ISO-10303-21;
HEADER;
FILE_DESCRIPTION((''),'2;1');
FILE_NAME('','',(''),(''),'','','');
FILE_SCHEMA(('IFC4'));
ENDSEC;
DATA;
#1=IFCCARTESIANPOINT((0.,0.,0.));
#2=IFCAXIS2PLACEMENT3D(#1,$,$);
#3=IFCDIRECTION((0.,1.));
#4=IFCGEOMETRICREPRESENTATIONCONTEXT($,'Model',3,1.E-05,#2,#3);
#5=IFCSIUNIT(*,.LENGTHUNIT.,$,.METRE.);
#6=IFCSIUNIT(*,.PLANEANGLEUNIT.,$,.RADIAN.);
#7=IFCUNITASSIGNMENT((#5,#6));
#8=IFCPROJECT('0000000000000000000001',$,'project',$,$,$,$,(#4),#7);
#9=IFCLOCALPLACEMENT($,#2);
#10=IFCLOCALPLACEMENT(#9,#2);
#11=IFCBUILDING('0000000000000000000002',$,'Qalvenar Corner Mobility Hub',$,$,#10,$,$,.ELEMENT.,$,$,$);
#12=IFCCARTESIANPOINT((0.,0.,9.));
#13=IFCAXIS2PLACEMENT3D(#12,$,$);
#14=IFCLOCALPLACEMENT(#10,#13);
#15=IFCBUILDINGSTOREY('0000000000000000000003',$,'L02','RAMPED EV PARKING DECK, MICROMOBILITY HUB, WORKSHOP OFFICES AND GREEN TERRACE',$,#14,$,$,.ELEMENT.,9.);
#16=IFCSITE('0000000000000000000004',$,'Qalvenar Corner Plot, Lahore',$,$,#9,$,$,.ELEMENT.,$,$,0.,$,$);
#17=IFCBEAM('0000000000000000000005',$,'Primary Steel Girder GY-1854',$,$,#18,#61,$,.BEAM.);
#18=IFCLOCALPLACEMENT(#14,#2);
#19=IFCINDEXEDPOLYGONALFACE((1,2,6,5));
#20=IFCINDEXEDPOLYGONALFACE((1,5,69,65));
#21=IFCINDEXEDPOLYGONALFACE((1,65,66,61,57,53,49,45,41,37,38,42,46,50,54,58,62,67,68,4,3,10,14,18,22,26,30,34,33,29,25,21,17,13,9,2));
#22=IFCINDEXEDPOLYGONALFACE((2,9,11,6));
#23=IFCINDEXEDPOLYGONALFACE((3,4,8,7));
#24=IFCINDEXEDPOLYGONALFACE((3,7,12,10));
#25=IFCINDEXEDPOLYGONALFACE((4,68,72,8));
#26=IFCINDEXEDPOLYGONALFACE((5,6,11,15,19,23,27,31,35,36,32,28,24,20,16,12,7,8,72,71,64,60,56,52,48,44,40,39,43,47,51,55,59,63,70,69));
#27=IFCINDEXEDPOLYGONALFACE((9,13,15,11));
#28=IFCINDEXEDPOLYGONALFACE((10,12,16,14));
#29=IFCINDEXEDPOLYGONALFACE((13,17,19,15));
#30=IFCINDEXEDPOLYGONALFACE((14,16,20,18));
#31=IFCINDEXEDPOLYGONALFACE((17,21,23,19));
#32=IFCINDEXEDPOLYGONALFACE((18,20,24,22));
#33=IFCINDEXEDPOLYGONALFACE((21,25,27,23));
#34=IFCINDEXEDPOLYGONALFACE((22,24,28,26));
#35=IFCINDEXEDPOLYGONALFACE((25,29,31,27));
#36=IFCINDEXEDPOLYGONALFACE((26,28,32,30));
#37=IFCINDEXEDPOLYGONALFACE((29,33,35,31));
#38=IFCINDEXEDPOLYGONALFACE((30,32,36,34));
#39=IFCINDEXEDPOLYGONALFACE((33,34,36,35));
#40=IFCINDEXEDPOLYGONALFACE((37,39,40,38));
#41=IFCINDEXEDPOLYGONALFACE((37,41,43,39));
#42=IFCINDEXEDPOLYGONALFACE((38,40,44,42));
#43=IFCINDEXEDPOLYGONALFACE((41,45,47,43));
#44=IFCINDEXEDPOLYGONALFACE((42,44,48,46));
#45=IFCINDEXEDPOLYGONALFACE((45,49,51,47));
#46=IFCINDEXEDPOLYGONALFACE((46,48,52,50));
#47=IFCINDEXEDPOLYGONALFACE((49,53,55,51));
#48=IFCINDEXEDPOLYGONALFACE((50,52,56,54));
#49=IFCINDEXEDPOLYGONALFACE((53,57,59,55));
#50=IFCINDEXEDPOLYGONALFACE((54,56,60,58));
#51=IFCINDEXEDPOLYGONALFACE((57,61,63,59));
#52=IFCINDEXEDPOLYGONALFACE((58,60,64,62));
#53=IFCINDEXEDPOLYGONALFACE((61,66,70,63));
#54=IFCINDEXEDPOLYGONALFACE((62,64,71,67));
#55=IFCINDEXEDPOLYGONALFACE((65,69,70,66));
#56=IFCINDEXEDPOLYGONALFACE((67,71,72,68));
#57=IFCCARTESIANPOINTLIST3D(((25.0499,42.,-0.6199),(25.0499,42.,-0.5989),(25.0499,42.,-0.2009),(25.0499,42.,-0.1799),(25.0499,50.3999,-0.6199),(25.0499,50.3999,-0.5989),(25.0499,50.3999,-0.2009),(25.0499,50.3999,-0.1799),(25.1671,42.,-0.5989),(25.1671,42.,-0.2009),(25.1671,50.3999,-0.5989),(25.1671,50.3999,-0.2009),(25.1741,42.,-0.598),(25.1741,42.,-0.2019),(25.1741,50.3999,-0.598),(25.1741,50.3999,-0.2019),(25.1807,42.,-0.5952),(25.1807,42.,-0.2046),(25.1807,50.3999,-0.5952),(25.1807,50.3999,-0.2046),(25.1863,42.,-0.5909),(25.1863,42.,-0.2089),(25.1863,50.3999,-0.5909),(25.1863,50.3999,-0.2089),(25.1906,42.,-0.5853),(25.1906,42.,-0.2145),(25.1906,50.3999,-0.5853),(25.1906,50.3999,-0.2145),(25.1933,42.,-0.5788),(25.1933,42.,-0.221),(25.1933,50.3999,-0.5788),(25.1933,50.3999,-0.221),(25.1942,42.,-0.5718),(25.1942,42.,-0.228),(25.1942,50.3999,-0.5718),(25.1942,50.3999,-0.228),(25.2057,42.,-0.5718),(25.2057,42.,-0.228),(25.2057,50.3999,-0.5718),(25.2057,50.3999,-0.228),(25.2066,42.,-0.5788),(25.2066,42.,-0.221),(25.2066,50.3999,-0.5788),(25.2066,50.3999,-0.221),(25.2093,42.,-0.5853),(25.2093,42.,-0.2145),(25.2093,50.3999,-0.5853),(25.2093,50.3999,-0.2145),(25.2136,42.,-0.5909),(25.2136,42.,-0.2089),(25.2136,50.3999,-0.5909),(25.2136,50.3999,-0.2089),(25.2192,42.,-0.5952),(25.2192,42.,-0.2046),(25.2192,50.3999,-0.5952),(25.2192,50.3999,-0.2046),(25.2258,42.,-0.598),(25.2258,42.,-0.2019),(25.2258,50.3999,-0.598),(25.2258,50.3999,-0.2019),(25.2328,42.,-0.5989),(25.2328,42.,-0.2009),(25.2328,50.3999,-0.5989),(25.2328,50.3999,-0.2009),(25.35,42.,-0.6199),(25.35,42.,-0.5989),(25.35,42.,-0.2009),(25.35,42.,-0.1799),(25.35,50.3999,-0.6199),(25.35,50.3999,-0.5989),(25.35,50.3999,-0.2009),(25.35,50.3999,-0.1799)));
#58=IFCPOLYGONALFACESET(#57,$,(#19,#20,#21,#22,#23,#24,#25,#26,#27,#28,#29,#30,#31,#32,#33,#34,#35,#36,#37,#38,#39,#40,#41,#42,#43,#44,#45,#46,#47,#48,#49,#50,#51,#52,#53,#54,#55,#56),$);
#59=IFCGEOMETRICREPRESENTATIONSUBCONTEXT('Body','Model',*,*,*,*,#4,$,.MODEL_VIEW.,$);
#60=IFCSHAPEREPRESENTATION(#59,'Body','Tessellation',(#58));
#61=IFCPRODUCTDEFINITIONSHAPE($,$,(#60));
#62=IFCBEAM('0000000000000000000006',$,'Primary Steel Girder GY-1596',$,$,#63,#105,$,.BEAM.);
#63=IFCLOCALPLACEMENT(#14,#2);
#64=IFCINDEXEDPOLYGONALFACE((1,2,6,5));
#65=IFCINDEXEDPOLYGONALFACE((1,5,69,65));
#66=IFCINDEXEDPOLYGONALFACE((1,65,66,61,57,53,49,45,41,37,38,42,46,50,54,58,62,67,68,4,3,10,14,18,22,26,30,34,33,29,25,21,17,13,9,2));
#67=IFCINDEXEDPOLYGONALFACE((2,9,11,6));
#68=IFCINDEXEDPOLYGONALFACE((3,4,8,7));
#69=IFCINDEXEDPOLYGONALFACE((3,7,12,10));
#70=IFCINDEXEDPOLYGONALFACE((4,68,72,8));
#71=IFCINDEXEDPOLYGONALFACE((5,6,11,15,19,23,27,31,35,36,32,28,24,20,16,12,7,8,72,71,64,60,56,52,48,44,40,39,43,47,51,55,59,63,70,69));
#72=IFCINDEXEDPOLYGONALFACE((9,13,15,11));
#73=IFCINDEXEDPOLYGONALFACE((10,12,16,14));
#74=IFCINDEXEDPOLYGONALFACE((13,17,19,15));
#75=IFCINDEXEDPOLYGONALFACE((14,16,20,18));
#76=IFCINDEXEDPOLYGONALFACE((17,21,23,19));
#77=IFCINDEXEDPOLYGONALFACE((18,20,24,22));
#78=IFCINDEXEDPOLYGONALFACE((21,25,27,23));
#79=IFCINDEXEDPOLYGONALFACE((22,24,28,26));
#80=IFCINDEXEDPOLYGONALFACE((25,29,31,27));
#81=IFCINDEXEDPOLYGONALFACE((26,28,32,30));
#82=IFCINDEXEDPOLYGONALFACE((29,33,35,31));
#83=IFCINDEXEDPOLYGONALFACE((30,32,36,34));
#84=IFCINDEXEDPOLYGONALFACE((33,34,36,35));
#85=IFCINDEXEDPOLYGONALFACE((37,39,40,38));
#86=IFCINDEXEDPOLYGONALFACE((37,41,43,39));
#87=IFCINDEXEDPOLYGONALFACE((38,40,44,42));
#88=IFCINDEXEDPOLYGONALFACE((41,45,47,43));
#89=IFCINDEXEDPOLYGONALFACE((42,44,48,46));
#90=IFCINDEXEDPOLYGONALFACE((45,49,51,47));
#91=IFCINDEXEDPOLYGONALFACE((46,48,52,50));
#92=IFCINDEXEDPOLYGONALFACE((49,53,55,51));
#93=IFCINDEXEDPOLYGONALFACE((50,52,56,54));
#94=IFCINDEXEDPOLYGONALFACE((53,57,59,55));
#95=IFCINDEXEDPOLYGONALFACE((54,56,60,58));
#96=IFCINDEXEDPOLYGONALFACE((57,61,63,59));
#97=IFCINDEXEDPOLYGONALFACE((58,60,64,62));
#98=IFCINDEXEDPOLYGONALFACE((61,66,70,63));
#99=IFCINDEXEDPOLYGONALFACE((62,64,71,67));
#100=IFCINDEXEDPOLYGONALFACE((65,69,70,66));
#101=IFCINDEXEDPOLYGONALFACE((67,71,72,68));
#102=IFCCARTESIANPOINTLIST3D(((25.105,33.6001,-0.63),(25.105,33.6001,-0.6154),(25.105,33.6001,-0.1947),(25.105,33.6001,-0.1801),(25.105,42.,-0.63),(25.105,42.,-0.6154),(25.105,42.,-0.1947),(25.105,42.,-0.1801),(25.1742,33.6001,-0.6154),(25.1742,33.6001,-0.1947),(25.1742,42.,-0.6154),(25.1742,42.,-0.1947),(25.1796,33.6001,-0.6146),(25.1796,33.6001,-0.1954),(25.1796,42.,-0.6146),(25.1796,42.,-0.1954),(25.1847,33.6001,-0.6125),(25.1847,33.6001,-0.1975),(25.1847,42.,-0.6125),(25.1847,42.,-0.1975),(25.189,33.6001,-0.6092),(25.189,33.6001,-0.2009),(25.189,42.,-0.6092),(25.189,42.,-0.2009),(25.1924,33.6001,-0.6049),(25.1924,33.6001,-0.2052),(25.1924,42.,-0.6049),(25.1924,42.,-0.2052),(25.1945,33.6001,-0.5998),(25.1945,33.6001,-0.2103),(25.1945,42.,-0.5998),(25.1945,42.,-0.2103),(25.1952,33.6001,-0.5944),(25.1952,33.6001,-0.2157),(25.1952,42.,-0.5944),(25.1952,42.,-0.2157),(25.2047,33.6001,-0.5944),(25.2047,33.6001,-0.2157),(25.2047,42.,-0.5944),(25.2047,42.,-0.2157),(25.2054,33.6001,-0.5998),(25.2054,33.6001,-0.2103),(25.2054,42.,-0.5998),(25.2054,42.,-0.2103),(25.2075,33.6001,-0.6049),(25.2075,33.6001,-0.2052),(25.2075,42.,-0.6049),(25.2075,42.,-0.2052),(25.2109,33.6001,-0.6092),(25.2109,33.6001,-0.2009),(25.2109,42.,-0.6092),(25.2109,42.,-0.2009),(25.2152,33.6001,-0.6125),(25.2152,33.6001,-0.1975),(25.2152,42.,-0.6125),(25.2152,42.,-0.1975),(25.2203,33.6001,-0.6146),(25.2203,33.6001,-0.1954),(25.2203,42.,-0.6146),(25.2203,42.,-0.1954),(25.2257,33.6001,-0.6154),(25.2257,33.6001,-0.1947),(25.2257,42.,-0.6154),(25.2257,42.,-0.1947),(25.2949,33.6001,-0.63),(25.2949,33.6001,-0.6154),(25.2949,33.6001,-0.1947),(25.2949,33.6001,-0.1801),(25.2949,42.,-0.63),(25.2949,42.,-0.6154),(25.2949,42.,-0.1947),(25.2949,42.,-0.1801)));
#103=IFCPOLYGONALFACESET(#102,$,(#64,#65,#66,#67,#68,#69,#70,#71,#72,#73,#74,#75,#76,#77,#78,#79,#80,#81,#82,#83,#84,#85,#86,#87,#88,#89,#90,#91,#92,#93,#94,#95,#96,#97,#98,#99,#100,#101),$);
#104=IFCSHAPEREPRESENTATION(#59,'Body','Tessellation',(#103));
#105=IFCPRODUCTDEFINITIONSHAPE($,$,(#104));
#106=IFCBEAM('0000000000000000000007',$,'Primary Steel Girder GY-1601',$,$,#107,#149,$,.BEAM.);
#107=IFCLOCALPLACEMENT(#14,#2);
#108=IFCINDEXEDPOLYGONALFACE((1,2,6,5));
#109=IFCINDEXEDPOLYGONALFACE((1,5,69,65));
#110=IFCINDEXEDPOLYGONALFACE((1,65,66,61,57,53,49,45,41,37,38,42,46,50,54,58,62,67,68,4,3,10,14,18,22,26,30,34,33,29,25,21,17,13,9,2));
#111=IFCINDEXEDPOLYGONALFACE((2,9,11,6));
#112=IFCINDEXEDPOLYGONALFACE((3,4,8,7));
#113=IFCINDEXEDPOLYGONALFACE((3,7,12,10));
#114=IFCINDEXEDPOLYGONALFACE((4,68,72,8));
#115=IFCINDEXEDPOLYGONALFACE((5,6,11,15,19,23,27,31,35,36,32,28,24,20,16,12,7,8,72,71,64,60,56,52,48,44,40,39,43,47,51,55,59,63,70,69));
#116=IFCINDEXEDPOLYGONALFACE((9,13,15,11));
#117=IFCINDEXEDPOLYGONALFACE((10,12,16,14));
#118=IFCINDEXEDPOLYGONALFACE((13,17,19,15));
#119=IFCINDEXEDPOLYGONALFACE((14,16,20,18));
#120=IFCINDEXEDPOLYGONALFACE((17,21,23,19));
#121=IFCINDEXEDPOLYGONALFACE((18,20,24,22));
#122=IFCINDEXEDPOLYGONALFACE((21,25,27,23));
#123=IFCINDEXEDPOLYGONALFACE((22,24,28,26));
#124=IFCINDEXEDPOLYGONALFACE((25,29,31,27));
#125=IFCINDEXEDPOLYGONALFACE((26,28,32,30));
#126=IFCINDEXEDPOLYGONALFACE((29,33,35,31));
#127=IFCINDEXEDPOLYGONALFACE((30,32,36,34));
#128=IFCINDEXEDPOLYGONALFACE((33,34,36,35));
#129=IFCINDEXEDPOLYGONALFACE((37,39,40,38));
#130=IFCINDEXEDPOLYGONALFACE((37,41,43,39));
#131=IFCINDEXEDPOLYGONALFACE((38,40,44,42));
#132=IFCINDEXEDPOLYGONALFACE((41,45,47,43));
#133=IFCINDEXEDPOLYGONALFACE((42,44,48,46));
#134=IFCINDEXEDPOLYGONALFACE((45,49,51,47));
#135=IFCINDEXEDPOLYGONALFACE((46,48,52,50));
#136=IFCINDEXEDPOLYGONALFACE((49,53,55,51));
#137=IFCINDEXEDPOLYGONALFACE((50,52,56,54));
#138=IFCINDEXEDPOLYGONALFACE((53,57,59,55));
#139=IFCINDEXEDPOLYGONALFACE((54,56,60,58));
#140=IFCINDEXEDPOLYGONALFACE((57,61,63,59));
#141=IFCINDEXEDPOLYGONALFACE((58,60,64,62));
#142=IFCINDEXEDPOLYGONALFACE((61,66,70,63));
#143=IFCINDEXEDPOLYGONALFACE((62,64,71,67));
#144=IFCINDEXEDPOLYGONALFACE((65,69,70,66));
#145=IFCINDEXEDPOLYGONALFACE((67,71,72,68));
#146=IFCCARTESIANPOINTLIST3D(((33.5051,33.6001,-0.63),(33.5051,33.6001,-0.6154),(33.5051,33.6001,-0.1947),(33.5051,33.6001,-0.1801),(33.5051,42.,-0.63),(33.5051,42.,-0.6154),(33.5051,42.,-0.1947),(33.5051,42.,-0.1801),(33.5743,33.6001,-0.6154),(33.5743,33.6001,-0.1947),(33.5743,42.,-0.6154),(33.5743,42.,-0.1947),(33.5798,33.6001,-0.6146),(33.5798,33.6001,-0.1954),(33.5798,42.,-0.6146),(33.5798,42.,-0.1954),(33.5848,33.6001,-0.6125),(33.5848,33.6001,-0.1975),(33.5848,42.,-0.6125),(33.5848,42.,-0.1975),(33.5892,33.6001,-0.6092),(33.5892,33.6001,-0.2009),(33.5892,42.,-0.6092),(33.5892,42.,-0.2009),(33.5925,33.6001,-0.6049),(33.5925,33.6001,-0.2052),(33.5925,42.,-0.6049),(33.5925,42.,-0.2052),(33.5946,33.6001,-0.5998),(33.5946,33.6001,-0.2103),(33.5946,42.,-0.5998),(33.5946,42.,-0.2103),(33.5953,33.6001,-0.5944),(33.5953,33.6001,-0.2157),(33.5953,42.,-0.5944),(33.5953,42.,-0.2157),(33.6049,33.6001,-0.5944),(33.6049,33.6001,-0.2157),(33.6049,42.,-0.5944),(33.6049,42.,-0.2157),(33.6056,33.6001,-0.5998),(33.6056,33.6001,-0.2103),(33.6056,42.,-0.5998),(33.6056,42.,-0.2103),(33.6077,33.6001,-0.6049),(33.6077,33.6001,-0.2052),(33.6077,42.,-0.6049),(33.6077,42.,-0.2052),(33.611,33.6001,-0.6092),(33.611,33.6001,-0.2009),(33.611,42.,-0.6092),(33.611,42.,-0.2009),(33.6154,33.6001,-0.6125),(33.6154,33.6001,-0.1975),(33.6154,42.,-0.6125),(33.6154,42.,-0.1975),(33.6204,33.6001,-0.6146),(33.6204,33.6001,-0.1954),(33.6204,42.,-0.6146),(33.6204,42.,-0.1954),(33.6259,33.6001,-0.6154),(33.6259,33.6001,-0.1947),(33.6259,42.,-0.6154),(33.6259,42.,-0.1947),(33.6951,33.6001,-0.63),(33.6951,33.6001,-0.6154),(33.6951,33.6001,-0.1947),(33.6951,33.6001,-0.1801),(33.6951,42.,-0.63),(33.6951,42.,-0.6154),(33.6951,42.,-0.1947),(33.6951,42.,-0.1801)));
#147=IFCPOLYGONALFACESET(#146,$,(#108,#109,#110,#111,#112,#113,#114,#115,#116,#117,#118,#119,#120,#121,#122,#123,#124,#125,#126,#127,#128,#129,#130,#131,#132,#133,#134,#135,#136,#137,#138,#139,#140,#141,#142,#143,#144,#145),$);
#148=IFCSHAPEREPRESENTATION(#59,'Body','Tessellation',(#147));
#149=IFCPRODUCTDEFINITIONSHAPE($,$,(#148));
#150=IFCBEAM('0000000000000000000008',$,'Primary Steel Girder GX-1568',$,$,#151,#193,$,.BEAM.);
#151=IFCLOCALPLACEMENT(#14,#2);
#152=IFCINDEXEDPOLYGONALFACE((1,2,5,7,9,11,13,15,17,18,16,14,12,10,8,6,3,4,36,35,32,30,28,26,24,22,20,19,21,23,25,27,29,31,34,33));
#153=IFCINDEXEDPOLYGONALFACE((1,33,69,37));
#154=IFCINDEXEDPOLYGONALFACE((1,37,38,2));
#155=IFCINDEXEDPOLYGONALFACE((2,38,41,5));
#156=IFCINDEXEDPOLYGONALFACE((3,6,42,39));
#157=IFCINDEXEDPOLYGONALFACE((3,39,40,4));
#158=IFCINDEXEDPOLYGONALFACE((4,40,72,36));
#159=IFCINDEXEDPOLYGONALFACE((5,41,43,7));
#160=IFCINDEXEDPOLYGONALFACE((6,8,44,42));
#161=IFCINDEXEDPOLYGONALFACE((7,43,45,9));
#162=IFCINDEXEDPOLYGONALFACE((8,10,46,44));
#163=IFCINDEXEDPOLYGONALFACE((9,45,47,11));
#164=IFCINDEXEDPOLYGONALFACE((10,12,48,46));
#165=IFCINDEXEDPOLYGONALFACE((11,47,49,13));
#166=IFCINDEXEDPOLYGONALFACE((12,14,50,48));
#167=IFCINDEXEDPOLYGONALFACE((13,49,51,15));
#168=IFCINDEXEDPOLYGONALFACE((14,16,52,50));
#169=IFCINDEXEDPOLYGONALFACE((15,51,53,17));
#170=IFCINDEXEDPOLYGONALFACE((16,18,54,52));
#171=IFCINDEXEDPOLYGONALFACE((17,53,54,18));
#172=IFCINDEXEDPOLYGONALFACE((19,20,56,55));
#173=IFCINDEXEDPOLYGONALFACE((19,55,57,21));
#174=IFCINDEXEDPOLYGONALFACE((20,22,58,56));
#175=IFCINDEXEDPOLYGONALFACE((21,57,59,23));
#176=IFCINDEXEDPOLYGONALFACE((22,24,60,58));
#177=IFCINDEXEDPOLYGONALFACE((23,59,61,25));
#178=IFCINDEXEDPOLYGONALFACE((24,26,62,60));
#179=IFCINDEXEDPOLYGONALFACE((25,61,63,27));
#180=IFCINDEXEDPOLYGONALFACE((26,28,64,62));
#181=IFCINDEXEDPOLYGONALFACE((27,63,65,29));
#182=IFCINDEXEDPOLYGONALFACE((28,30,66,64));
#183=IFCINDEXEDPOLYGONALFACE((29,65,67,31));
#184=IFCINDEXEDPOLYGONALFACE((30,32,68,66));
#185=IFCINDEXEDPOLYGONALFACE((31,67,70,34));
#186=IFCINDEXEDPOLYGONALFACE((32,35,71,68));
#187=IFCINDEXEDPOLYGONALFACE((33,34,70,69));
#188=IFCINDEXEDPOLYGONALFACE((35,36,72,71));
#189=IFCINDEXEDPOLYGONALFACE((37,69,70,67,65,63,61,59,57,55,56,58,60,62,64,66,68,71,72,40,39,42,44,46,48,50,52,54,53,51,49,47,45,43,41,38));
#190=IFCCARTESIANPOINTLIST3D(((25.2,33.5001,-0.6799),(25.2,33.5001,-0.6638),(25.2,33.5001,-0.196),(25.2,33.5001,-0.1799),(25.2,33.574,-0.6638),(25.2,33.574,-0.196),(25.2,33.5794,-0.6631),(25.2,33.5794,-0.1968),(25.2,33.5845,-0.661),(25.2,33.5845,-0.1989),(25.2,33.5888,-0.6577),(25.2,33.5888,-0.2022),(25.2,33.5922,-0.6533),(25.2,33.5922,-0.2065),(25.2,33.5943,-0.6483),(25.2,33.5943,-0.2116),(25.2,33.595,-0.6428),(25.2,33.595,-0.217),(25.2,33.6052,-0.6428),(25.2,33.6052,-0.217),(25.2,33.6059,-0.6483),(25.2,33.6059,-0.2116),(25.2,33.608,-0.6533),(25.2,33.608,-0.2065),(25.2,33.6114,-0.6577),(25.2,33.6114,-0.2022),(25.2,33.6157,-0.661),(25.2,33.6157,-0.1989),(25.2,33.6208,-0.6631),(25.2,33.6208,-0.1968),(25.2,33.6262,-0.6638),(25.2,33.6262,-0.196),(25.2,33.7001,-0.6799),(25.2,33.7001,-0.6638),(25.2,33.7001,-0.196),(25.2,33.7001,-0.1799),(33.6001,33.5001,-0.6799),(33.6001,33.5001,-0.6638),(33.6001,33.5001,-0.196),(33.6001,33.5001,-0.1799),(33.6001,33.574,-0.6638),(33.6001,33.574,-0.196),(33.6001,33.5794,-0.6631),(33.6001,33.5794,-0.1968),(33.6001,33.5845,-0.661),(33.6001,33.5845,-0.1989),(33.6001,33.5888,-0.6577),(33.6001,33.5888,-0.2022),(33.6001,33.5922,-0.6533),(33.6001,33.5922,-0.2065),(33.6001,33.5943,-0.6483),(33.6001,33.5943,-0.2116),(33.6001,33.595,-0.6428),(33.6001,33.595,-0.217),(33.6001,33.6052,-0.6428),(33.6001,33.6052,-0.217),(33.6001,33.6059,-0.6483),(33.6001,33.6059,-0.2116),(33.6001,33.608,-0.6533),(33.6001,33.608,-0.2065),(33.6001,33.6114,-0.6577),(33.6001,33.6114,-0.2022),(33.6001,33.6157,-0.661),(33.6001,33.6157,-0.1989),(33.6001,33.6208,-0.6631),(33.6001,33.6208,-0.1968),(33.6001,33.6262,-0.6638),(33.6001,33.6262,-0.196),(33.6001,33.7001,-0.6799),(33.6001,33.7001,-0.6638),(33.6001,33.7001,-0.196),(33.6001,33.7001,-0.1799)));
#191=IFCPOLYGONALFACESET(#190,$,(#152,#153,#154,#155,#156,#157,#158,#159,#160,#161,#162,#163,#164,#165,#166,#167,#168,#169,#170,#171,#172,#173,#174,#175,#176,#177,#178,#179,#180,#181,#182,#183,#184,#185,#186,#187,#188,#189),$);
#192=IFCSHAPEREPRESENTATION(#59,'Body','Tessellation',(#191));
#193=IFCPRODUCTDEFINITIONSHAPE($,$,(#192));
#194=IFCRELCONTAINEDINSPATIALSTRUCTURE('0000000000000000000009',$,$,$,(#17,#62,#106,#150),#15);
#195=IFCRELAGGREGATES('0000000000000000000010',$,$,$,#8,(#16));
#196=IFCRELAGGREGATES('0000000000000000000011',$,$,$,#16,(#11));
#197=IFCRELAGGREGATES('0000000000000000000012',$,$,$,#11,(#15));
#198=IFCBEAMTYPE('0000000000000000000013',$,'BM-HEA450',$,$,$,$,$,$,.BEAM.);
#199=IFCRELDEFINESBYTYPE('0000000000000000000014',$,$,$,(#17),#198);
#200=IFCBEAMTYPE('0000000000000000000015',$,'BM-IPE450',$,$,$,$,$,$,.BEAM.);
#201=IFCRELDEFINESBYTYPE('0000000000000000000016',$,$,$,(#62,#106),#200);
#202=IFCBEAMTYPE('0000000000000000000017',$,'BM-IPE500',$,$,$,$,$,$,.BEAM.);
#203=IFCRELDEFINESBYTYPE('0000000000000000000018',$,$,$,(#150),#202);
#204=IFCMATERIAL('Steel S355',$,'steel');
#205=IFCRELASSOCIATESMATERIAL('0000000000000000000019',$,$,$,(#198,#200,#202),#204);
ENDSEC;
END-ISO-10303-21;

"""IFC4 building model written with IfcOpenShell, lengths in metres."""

from ifc_helpers import new_model, si_unit, direction, frame, origin, origin_2d, place, context, subcontext, project, spatial, i_section, extrude, material, material_profile, profile_set, type_object, element, save


model = new_model("IFC4")

# Units and contexts
model_context = context("Model", 3, precision=1e-05, world=origin(), true_north=direction((0.0, 1.0)))
body_context = subcontext(model_context, "Body", "Model", "MODEL_VIEW")
ifc_project = project(units=[si_unit("LENGTHUNIT", "METRE"), si_unit("PLANEANGLEUNIT", "RADIAN")], contexts=[model_context])

# Site, building, storey
site_placement = place(None, origin())
site = spatial("IfcSite", under=ifc_project, at=site_placement, Name="Qalvenar Corner Plot, Lahore", CompositionType="ELEMENT", RefElevation=0.0)
building_placement = place(site_placement, origin())
building = spatial("IfcBuilding", under=site, at=building_placement, Name="Qalvenar Corner Mobility Hub", CompositionType="ELEMENT")
storey_placement = place(building_placement, frame((0.0, 0.0, 9.0)))
storey = spatial("IfcBuildingStorey", under=building, at=storey_placement, Name="L02", Description="RAMPED EV PARKING DECK, MICROMOBILITY HUB, WORKSHOP OFFICES AND GREEN TERRACE", CompositionType="ELEMENT", Elevation=9.0)

# Shared definitions
ifc_material_1 = material(Name="Steel S355", Category="steel")

# Beams
ifc_material_profile_1 = material_profile(ifc_material_1, i_section(OverallWidth=0.3, OverallDepth=0.4399, WebThickness=0.0115, FlangeThickness=0.021, FilletRadius=0.0271, at=origin_2d()), Name="HEA450")
ifc_profile_set_1 = profile_set([ifc_material_profile_1], Name="Steel S355")
beam_type_1 = type_object("IfcBeamType", Name="BM-HEA450", PredefinedType="BEAM", material=ifc_profile_set_1)
beam_1_placement = place(storey_placement, frame((25.2, 42.0, -0.3999), z_axis=(0.0, 1.0, 0.0), x_axis=(-1.0, 0.0, 0.0)))
element("IfcBeam", 1, at=beam_1_placement, inside=storey, type_object=beam_type_1, Name="Primary Steel Girder GY-1854", PredefinedType="BEAM", context=body_context, shape_type="SweptSolid", body=[
    extrude(i_section(OverallWidth=0.3, OverallDepth=0.4399, WebThickness=0.0115, FlangeThickness=0.021, FilletRadius=0.0271, at=origin_2d()), origin(), (0.0, 0.0, 1.0), 8.3999),
])
ifc_material_profile_2 = material_profile(ifc_material_1, i_section(OverallWidth=0.1899, OverallDepth=0.45, WebThickness=0.0095, FlangeThickness=0.0146, FilletRadius=0.021, at=origin_2d()), Name="IPE450")
ifc_profile_set_2 = profile_set([ifc_material_profile_2], Name="Steel S355")
beam_type_2 = type_object("IfcBeamType", Name="BM-IPE450", PredefinedType="BEAM", material=ifc_profile_set_2)
for number, where, z_axis, x_axis, name in (
    (2, (25.2, 33.6001, -0.405), (0.0, 1.0, 0.0), (-1.0, 0.0, 0.0), "Primary Steel Girder GY-1596"),
    (3, (33.6001, 33.6001, -0.405), (0.0, 1.0, 0.0), (-1.0, 0.0, 0.0), "Primary Steel Girder GY-1601"),
):
    element("IfcBeam", number, at=place(storey_placement, frame(where, z_axis=z_axis, x_axis=x_axis)), inside=storey, type_object=beam_type_2, Name=name, PredefinedType="BEAM", context=body_context, shape_type="SweptSolid", body=[
        extrude(i_section(OverallWidth=0.1899, OverallDepth=0.45, WebThickness=0.0095, FlangeThickness=0.0146, FilletRadius=0.021, at=origin_2d()), origin(), (0.0, 0.0, 1.0), 8.3999),
    ])
ifc_material_profile_3 = material_profile(ifc_material_1, i_section(OverallWidth=0.2, OverallDepth=0.5, WebThickness=0.0103, FlangeThickness=0.0161, FilletRadius=0.021, at=origin_2d()), Name="IPE500")
ifc_profile_set_3 = profile_set([ifc_material_profile_3], Name="Steel S355")
beam_type_3 = type_object("IfcBeamType", Name="BM-IPE500", PredefinedType="BEAM", material=ifc_profile_set_3)
beam_2_placement = place(storey_placement, frame((25.2, 33.6001, -0.4299), z_axis=(1.0, 0.0, 0.0), x_axis=(0.0, 1.0, 0.0)))
element("IfcBeam", 4, at=beam_2_placement, inside=storey, type_object=beam_type_3, Name="Primary Steel Girder GX-1568", PredefinedType="BEAM", context=body_context, shape_type="SweptSolid", body=[
    extrude(i_section(OverallWidth=0.2, OverallDepth=0.5, WebThickness=0.0103, FlangeThickness=0.0161, FilletRadius=0.021, at=origin_2d()), origin(), (0.0, 0.0, 1.0), 8.4001),
])

save(model, "model.ifc")
